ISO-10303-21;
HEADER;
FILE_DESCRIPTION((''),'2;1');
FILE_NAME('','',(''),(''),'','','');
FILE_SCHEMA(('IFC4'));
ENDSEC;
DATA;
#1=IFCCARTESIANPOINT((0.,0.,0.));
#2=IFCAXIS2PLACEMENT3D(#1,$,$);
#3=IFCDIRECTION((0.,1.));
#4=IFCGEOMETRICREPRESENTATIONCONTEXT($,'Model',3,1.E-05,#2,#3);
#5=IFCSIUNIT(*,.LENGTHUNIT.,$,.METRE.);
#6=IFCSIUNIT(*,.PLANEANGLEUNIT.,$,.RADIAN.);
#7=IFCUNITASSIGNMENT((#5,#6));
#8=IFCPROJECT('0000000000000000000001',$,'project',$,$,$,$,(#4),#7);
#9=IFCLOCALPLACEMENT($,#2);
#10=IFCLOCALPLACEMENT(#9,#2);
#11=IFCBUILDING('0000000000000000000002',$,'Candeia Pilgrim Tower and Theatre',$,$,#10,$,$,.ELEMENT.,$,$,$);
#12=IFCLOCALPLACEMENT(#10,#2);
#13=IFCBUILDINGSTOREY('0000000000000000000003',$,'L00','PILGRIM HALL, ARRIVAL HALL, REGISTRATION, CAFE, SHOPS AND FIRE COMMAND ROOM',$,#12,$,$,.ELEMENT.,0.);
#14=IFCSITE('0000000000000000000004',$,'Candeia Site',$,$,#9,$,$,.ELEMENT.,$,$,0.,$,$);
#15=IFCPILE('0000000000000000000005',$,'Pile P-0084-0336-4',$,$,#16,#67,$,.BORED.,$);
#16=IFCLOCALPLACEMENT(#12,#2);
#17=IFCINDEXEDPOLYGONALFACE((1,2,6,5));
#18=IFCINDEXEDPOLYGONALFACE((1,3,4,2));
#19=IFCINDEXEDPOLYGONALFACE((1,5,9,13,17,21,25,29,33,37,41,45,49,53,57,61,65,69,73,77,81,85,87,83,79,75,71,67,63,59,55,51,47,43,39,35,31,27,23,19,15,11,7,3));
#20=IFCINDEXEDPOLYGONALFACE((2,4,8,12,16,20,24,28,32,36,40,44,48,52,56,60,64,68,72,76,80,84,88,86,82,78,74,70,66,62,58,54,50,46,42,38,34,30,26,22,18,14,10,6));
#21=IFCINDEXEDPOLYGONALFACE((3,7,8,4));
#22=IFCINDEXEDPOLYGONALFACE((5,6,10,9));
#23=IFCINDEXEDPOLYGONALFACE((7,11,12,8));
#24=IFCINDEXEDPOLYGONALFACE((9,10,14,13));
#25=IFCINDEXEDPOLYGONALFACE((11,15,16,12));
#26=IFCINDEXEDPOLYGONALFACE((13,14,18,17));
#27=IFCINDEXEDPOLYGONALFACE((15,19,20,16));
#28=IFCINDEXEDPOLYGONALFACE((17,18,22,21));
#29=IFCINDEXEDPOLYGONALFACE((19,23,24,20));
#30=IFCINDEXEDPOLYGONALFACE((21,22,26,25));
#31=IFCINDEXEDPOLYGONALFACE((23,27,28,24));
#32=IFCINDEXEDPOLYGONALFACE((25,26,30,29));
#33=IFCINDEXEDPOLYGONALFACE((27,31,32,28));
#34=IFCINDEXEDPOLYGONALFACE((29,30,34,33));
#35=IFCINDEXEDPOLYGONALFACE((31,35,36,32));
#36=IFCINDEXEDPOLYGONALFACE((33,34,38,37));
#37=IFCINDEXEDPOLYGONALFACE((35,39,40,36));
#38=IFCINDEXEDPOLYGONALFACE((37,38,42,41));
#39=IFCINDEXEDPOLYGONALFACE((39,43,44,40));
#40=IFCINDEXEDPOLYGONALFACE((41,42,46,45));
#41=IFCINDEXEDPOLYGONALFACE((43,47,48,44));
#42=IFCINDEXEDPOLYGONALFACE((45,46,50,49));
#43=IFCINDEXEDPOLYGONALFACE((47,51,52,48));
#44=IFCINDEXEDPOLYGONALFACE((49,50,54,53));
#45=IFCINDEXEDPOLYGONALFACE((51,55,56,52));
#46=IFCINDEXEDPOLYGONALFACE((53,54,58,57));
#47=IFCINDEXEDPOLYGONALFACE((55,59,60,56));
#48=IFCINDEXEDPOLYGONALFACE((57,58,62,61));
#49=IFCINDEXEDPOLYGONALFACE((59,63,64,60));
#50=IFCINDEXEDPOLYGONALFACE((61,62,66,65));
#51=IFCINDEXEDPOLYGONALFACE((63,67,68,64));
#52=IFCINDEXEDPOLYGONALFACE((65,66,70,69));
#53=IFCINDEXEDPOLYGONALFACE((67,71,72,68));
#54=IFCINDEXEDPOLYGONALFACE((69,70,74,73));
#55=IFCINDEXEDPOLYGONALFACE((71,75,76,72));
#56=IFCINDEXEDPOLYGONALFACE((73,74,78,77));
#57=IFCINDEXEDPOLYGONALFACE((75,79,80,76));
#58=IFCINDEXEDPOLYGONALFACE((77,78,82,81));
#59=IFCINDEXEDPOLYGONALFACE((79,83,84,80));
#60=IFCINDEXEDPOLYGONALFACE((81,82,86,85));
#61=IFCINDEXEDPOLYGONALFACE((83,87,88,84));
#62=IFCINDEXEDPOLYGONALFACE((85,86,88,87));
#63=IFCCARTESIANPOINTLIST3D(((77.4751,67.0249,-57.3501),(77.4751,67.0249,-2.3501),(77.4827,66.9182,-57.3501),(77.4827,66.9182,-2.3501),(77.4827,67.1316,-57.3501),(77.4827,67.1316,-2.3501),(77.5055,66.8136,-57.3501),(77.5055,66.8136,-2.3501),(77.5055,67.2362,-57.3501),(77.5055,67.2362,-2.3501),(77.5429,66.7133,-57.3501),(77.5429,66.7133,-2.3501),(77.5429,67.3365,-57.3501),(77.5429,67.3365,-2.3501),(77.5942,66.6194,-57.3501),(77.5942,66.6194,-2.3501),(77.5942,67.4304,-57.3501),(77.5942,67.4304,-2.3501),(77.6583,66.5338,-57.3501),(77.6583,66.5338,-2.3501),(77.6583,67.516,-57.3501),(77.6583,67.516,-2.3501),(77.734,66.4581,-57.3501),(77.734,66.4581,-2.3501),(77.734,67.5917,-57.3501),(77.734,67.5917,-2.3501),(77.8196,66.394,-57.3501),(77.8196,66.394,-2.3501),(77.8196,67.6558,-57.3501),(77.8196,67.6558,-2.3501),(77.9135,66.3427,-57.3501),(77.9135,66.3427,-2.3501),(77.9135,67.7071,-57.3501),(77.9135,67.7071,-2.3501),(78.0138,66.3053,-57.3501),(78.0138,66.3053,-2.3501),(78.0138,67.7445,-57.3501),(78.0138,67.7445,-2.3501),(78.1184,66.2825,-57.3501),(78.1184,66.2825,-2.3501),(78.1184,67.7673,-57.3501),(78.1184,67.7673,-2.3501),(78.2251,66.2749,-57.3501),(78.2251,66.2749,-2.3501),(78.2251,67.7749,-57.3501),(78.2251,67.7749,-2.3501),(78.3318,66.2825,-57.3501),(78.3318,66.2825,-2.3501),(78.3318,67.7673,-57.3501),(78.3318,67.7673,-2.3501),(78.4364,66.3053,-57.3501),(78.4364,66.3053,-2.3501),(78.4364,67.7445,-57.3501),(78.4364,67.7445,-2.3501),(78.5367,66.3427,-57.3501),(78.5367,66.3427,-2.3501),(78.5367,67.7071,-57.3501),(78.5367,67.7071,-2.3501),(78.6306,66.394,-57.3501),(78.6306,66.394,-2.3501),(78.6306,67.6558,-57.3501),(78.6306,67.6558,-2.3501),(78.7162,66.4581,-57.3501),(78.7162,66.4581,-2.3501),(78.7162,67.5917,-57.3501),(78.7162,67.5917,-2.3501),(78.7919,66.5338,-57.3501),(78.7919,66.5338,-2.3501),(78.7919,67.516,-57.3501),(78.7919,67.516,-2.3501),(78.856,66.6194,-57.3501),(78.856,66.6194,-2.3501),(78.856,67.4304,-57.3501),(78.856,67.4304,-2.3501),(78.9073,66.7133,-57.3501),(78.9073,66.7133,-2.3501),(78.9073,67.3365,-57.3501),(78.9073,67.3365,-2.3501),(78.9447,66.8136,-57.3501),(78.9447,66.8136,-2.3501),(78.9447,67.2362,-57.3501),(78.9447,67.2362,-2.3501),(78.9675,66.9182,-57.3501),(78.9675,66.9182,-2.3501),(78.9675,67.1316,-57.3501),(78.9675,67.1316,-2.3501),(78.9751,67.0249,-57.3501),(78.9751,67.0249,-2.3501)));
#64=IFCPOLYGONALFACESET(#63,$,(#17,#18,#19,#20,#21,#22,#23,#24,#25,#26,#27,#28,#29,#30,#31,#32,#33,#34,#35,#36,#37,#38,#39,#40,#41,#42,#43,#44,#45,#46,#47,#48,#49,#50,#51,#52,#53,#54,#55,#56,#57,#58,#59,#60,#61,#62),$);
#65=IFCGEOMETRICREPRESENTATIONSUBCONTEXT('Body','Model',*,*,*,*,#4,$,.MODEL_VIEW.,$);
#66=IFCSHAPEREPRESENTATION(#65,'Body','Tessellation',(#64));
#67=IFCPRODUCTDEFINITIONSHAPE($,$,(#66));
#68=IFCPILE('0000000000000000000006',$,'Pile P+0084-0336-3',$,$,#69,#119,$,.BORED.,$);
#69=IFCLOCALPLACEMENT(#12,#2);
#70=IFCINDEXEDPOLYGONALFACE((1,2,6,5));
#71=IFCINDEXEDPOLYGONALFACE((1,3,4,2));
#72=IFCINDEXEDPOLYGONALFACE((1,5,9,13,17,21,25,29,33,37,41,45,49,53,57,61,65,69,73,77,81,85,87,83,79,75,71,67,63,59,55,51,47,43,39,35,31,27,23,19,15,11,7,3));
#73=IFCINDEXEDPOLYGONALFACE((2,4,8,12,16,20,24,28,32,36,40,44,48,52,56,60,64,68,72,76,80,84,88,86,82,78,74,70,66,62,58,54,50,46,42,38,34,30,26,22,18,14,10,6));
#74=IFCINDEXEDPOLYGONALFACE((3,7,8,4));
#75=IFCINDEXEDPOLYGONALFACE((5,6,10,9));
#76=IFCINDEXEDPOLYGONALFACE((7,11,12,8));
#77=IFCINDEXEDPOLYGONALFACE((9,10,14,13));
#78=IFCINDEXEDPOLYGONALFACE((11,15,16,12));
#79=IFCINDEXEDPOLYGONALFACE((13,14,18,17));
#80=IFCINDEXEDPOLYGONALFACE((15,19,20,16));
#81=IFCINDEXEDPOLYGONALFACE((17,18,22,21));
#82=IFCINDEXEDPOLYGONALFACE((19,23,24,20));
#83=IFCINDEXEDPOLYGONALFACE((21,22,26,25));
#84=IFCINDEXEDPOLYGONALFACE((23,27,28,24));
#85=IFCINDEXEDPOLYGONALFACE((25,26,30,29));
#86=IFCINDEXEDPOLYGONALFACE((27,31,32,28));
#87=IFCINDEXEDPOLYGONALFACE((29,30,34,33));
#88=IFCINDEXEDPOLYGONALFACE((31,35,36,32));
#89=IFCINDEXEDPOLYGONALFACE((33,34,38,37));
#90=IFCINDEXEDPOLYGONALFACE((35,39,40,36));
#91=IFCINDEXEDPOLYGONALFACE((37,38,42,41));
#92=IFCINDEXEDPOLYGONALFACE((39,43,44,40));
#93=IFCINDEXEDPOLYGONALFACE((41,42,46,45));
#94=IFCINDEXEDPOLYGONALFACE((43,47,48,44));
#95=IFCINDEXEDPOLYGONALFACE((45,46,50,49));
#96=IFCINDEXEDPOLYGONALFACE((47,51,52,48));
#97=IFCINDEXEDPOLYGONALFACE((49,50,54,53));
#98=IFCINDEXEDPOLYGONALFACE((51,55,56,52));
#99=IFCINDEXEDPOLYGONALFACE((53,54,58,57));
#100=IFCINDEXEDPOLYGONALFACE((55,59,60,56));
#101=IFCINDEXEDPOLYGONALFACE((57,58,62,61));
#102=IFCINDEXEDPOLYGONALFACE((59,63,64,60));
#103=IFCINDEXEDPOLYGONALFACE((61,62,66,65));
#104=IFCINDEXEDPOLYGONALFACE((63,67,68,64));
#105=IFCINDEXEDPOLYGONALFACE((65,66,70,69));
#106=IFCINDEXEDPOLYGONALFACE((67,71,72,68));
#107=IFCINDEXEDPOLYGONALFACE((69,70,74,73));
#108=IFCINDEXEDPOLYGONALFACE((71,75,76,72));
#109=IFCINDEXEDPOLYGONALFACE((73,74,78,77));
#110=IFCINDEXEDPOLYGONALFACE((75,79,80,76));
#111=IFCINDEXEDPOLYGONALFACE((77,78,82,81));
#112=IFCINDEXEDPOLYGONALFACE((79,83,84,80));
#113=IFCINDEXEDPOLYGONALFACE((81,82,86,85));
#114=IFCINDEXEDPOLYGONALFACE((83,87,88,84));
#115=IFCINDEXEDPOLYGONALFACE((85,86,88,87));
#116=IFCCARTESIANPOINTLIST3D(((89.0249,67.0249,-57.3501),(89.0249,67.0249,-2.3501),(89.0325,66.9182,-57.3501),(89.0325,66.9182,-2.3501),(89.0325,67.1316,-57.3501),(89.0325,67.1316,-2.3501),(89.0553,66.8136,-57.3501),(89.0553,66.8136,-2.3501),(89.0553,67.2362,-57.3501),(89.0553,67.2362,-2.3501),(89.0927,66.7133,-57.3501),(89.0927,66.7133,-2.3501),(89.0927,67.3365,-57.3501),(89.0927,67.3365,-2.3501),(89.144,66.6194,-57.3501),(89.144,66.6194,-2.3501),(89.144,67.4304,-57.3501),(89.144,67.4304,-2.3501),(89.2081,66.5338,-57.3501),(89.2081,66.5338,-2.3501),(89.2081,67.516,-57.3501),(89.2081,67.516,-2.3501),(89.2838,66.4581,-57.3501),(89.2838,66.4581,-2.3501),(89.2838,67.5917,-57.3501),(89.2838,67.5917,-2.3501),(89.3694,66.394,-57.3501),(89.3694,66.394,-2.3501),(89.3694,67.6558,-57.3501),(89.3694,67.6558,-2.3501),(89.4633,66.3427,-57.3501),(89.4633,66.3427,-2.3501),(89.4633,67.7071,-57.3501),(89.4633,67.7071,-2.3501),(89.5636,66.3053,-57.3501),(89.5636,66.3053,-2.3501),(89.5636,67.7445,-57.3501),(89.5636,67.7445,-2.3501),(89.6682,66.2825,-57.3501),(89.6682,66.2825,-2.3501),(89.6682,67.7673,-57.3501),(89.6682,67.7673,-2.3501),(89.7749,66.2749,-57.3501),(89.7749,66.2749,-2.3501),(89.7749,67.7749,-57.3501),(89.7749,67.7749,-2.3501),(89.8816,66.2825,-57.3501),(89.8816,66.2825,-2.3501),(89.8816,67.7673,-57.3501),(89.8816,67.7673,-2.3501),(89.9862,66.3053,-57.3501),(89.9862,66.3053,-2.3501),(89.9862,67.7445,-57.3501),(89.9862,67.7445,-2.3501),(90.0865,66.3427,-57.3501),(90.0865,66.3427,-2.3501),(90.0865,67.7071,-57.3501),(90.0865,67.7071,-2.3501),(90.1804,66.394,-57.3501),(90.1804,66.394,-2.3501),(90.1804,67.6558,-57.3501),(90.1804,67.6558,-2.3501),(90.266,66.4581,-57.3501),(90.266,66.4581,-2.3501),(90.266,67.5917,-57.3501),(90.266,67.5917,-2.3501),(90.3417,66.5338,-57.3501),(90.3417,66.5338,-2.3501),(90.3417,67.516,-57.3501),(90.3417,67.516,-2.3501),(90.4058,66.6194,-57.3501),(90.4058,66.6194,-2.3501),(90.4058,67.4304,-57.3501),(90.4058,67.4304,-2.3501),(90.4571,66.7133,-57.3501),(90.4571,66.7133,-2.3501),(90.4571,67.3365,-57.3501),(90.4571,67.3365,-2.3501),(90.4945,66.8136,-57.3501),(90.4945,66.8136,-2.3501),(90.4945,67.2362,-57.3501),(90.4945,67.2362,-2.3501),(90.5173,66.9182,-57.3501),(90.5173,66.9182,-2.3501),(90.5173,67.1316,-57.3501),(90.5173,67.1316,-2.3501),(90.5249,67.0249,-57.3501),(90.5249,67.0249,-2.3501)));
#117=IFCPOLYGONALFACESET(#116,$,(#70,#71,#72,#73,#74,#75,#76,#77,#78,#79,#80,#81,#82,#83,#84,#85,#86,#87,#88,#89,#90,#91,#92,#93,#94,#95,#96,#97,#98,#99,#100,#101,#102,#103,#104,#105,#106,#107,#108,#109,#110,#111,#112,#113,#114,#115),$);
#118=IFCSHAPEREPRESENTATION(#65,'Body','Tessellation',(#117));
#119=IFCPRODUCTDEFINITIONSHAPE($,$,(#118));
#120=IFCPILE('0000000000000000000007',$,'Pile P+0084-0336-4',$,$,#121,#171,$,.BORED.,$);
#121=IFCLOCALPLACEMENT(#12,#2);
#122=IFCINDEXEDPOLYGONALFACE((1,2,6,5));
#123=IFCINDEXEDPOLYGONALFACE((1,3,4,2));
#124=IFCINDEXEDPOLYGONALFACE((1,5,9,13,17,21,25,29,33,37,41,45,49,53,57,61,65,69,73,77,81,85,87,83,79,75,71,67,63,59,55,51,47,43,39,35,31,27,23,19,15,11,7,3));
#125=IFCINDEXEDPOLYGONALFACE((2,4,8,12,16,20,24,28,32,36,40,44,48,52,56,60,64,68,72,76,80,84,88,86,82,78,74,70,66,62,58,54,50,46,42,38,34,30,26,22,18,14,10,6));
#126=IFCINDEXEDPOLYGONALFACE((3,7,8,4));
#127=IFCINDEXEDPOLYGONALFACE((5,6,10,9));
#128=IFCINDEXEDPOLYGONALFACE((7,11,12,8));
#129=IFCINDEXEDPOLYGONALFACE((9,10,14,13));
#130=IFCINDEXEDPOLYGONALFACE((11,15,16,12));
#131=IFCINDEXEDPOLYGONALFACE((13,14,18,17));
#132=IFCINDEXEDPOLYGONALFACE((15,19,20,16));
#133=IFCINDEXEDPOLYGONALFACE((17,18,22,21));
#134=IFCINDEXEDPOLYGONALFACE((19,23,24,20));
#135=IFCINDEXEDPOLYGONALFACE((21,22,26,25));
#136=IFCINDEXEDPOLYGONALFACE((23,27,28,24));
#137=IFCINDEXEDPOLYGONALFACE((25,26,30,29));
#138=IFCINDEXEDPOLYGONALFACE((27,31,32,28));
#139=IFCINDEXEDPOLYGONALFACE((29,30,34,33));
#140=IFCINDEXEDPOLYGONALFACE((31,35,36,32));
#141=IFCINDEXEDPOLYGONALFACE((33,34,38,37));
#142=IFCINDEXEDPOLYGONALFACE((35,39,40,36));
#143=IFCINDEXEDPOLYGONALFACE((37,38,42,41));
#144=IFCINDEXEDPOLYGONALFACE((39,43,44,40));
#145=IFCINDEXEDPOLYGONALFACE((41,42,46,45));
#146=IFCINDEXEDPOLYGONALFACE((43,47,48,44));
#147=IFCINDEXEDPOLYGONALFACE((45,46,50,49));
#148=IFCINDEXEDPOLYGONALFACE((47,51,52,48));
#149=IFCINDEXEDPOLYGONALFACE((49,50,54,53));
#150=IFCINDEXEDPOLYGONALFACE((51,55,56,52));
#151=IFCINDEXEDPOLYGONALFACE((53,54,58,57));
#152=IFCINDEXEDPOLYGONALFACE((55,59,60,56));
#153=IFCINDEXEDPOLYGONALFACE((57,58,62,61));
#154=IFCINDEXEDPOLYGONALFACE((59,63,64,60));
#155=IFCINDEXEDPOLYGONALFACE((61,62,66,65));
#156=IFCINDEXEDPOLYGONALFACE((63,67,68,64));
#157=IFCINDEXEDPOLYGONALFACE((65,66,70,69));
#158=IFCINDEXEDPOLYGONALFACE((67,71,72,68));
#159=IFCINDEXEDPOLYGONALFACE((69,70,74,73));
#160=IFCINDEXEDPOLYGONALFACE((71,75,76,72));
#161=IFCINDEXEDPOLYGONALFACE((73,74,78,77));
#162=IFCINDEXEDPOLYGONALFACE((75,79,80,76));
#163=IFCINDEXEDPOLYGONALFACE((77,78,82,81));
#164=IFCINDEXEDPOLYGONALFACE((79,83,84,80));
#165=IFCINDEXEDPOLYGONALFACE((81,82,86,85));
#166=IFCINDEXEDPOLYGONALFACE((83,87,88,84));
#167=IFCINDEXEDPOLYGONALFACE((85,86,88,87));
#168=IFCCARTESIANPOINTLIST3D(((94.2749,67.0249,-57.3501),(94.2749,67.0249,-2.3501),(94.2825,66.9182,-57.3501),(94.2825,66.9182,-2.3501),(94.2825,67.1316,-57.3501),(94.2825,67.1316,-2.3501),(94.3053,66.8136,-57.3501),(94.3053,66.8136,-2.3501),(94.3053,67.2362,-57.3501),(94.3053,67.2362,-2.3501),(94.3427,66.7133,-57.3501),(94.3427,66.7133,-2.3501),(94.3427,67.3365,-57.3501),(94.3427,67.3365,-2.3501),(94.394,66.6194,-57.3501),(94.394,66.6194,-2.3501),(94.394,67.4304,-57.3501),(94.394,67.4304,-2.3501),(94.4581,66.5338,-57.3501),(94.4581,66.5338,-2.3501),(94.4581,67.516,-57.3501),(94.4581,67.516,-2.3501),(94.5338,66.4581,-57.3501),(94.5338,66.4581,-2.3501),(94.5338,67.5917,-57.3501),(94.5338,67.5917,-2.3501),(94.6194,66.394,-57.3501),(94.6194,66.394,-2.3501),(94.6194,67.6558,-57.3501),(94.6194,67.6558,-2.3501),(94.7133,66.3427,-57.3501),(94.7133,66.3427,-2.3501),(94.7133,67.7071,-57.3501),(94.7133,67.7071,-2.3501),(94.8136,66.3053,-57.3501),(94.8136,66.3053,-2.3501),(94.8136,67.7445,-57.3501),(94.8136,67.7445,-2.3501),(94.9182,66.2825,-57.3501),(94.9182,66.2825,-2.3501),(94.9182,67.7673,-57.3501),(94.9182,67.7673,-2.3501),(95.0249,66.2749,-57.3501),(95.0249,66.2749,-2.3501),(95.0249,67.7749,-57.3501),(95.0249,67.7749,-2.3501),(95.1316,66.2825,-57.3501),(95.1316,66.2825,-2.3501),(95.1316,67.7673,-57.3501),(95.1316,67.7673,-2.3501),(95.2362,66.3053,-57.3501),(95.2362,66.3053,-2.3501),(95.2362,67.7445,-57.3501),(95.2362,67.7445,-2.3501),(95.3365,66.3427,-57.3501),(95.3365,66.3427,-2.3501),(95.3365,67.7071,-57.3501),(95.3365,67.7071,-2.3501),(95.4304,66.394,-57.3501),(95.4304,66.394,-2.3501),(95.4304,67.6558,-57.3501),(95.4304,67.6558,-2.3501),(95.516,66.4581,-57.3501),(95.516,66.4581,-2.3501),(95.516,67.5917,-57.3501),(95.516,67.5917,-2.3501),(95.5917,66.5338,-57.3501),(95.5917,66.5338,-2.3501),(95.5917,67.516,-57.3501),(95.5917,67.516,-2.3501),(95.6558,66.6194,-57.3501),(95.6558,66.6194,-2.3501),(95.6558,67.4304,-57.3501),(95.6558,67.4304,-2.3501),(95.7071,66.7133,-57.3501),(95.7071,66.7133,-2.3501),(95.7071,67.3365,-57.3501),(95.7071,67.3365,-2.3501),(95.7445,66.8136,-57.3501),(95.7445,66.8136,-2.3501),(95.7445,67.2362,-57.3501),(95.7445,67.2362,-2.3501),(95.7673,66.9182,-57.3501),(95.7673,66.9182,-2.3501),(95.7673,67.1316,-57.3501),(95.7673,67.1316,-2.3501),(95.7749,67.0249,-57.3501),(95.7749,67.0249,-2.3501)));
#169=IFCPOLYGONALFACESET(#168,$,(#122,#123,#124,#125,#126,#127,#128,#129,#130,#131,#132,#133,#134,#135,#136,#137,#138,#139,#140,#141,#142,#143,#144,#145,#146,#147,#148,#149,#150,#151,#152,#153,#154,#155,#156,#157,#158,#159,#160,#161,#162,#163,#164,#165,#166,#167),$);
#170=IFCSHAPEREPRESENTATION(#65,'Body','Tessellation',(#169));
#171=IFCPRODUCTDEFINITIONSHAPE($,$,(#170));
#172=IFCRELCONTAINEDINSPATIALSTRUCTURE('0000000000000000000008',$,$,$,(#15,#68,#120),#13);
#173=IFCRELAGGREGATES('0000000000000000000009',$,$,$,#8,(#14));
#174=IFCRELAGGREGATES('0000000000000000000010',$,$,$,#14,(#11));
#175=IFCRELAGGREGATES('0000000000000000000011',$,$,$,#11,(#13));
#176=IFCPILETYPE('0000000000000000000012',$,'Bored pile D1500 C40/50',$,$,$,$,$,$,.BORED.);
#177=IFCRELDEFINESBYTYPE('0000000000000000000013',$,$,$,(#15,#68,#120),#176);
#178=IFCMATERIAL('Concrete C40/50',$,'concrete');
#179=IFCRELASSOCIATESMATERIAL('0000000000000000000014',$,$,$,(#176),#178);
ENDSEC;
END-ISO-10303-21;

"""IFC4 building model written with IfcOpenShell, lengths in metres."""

from ifc_helpers import new_model, si_unit, direction, frame, origin, origin_2d, place, context, subcontext, project, spatial, circle, extrude, material, material_profile, profile_set, type_object, element, save


model = new_model("IFC4")

# Units and contexts
model_context = context("Model", 3, precision=1e-05, world=origin(), true_north=direction((0.0, 1.0)))
body_context = subcontext(model_context, "Body", "Model", "MODEL_VIEW")
ifc_project = project(units=[si_unit("LENGTHUNIT", "METRE"), si_unit("PLANEANGLEUNIT", "RADIAN")], contexts=[model_context])

# Site, building, storey
site_placement = place(None, origin())
site = spatial("IfcSite", under=ifc_project, at=site_placement, Name="Candeia Site", CompositionType="ELEMENT", RefElevation=0.0)
building_placement = place(site_placement, origin())
building = spatial("IfcBuilding", under=site, at=building_placement, Name="Candeia Pilgrim Tower and Theatre", CompositionType="ELEMENT")
storey_placement = place(building_placement, origin())
storey = spatial("IfcBuildingStorey", under=building, at=storey_placement, Name="L00", Description="PILGRIM HALL, ARRIVAL HALL, REGISTRATION, CAFE, SHOPS AND FIRE COMMAND ROOM", CompositionType="ELEMENT", Elevation=0.0)

# Piles
ifc_material_1 = material(Name="Concrete C40/50", Category="concrete")
ifc_material_profile_1 = material_profile(ifc_material_1, circle(Radius=0.75, at=origin_2d()))
ifc_profile_set_1 = profile_set([ifc_material_profile_1], Name="Concrete C40/50")
pile_type = type_object("IfcPileType", Name="Bored pile D1500 C40/50", PredefinedType="BORED", material=ifc_profile_set_1)
for number, where, z_axis, x_axis, name in (
    (1, (78.2251, 67.0249, -2.3501), (0.0, 0.0, -1.0), (1.0, 0.0, 0.0), "Pile P-0084-0336-4"),
    (2, (89.7749, 67.0249, -2.3501), (0.0, 0.0, -1.0), (1.0, 0.0, 0.0), "Pile P+0084-0336-3"),
    (3, (95.0249, 67.0249, -2.3501), (0.0, 0.0, -1.0), (1.0, 0.0, 0.0), "Pile P+0084-0336-4"),
):
    element("IfcPile", number, at=place(storey_placement, frame(where, z_axis=z_axis, x_axis=x_axis)), inside=storey, type_object=pile_type, Name=name, PredefinedType="BORED", context=body_context, shape_type="SweptSolid", body=[
        extrude(circle(Radius=0.75, at=origin_2d()), origin(), (0.0, 0.0, 1.0), 55.0),
    ])

save(model, "model.ifc")
